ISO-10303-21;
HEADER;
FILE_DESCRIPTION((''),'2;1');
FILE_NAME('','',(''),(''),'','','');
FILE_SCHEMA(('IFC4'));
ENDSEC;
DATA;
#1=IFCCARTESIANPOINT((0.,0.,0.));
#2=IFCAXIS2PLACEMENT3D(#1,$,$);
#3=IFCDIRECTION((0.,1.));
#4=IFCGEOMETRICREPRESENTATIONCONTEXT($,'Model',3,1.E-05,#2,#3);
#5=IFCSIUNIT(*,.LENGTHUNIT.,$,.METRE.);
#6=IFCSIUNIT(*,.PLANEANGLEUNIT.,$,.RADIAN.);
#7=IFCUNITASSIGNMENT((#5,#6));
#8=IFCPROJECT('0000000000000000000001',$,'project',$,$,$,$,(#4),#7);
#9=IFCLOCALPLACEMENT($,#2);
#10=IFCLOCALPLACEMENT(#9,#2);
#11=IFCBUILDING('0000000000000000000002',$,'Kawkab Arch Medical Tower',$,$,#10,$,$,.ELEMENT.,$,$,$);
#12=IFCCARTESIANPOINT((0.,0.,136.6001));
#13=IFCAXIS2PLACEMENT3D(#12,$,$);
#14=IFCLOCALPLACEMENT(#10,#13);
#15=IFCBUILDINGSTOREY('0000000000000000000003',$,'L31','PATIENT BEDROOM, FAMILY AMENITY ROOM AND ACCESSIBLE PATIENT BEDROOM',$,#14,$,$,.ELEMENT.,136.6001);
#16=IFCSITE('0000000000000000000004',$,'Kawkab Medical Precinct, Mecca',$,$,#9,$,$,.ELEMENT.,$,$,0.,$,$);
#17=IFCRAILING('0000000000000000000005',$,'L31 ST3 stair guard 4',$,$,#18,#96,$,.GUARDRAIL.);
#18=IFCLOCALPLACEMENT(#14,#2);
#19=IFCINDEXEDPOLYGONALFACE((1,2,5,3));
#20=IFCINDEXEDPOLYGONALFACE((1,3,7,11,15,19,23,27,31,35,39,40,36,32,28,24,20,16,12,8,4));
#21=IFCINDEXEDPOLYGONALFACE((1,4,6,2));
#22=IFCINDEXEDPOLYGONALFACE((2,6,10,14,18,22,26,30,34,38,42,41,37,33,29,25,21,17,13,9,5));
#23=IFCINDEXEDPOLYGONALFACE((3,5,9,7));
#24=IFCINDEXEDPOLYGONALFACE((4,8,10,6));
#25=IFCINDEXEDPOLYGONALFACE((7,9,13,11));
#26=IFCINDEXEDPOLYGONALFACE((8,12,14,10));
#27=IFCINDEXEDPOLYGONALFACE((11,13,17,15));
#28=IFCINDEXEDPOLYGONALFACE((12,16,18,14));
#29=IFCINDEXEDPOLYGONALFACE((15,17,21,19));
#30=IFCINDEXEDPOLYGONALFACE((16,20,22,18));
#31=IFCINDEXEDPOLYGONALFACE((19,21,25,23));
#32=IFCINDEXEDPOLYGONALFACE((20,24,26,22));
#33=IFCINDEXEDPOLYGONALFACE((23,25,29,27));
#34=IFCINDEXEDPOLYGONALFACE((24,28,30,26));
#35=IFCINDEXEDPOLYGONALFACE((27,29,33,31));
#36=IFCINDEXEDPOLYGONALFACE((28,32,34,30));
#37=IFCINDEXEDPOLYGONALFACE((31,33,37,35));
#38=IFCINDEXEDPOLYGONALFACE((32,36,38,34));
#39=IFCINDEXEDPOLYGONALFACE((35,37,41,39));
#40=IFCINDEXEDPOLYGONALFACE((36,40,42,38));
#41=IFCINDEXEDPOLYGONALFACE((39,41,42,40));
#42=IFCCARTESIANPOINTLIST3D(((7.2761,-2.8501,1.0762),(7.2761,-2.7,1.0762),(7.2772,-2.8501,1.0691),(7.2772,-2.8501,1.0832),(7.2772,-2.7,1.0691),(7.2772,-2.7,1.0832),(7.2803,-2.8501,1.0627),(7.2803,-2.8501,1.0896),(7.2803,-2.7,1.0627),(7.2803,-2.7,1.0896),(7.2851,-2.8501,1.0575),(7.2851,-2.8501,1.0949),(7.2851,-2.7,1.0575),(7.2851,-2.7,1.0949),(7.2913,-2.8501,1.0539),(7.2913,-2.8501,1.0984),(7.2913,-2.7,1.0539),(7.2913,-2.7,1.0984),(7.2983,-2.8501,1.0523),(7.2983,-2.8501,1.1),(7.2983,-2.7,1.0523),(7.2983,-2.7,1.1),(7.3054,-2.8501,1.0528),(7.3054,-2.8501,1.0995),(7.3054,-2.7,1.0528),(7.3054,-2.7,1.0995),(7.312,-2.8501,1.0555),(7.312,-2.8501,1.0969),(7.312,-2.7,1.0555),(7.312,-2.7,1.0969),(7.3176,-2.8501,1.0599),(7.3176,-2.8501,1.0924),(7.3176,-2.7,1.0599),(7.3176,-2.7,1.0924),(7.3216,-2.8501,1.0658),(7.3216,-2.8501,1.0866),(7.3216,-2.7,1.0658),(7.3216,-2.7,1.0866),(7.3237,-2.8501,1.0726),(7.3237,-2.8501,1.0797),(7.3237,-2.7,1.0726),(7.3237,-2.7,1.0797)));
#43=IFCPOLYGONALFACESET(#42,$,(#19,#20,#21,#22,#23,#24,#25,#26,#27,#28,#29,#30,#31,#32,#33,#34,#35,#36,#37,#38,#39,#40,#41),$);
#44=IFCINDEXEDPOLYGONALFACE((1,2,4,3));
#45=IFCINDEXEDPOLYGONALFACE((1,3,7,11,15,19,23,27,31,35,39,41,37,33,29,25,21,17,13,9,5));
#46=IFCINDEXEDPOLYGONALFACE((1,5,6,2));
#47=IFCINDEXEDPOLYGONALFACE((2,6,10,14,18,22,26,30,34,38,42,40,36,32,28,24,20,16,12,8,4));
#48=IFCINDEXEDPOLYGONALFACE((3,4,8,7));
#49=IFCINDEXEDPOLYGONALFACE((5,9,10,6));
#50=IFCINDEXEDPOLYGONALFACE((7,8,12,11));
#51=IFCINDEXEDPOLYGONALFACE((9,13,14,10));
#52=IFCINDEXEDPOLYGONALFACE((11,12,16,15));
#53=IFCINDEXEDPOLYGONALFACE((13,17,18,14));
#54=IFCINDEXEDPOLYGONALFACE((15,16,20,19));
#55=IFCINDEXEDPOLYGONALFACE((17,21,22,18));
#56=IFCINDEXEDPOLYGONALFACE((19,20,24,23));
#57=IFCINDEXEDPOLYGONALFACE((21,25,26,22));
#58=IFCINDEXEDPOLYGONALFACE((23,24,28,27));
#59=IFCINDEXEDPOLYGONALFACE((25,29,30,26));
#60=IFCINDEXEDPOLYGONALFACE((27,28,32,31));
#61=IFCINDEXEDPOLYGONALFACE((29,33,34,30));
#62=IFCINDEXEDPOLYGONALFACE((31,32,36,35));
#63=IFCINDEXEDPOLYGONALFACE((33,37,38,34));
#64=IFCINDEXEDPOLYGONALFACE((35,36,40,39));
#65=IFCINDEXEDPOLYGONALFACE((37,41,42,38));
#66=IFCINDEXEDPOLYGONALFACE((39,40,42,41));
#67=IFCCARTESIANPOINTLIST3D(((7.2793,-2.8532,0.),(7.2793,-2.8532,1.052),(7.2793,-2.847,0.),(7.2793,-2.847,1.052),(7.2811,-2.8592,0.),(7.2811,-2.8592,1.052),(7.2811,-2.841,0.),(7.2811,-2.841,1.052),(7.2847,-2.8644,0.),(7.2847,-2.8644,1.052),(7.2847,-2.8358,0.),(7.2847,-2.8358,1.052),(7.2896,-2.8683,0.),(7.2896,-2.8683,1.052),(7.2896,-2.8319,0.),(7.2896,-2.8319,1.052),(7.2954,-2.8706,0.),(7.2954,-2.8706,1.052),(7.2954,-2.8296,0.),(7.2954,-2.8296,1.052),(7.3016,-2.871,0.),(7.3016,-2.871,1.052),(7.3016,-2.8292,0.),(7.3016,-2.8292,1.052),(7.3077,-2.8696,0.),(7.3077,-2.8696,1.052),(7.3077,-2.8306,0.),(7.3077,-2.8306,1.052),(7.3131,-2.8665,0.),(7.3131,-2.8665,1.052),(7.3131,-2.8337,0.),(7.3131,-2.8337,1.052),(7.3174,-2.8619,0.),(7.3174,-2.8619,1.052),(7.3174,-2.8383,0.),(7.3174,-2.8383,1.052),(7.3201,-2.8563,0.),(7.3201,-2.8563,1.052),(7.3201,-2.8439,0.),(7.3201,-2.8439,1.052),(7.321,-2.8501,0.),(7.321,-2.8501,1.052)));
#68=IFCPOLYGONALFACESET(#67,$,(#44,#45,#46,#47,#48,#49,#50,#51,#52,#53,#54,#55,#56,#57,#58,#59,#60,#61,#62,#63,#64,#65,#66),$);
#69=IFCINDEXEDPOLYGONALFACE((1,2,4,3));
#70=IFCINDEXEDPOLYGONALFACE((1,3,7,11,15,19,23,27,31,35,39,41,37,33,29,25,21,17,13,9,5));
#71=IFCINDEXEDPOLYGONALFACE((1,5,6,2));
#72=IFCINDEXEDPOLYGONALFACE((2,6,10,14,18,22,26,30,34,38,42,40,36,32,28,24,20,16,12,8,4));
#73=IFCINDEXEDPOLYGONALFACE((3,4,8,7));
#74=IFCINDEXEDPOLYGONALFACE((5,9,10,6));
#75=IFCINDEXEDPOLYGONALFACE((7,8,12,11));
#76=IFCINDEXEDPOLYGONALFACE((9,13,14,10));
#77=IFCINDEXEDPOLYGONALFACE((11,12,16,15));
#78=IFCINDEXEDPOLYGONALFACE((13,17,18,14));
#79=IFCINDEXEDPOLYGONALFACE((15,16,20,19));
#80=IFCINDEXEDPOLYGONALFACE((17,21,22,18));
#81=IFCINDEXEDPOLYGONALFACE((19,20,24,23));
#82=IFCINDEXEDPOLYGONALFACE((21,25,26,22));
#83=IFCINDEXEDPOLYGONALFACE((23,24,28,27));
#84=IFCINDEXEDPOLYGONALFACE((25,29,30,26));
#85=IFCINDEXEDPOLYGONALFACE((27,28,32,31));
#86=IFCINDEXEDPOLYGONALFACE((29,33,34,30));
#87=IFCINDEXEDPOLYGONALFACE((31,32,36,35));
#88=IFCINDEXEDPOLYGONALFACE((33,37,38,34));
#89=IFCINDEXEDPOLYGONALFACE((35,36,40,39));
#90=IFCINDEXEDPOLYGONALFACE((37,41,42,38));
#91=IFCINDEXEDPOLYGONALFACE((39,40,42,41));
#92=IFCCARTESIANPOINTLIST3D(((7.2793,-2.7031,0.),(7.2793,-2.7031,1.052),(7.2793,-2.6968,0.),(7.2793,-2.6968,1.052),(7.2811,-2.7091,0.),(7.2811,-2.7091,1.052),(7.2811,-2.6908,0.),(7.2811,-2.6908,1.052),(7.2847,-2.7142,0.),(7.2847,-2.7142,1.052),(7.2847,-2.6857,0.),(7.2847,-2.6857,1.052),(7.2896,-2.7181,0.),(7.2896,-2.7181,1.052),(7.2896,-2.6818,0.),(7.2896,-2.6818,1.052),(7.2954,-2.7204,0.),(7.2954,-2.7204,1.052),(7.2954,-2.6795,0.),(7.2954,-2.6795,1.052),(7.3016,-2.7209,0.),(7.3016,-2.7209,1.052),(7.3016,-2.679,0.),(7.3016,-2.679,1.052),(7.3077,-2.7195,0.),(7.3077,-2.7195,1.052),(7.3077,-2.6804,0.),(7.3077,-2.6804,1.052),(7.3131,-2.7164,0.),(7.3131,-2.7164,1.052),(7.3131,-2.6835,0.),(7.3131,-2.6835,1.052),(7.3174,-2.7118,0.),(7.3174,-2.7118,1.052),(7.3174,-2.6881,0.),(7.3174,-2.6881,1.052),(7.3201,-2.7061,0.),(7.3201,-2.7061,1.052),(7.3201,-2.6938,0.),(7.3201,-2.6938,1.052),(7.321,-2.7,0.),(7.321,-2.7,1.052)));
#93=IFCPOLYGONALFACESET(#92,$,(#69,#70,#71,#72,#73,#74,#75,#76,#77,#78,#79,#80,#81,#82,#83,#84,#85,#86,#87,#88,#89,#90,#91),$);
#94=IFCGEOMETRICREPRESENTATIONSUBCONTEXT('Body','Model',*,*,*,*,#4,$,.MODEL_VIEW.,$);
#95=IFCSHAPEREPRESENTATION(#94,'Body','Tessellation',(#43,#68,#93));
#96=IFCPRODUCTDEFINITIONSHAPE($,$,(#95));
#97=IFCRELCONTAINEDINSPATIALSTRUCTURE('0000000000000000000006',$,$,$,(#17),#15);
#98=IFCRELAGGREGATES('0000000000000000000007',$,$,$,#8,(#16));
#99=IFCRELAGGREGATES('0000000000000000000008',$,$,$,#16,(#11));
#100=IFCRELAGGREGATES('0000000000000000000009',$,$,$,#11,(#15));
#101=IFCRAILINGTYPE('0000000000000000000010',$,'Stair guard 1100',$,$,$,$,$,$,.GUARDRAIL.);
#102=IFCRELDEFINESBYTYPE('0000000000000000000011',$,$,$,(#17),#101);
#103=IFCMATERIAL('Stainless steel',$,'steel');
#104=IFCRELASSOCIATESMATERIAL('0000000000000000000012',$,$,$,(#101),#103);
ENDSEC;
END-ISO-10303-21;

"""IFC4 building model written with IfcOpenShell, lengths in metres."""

from ifc_helpers import new_model, si_unit, direction, frame, origin, origin_2d, place, context, subcontext, project, spatial, circle, extrude, material, type_object, element, save


model = new_model("IFC4")

# Units and contexts
model_context = context("Model", 3, precision=1e-05, world=origin(), true_north=direction((0.0, 1.0)))
body_context = subcontext(model_context, "Body", "Model", "MODEL_VIEW")
ifc_project = project(units=[si_unit("LENGTHUNIT", "METRE"), si_unit("PLANEANGLEUNIT", "RADIAN")], contexts=[model_context])

# Site, building, storey
site_placement = place(None, origin())
site = spatial("IfcSite", under=ifc_project, at=site_placement, Name="Kawkab Medical Precinct, Mecca", CompositionType="ELEMENT", RefElevation=0.0)
building_placement = place(site_placement, origin())
building = spatial("IfcBuilding", under=site, at=building_placement, Name="Kawkab Arch Medical Tower", CompositionType="ELEMENT")
storey_placement = place(building_placement, frame((0.0, 0.0, 136.6001)))
storey = spatial("IfcBuildingStorey", under=building, at=storey_placement, Name="L31", Description="PATIENT BEDROOM, FAMILY AMENITY ROOM AND ACCESSIBLE PATIENT BEDROOM", CompositionType="ELEMENT", Elevation=136.6001)

# Railing
ifc_material_1 = material(Name="Stainless steel", Category="steel")
railing_type_1 = type_object("IfcRailingType", Name="Stair guard 1100", PredefinedType="GUARDRAIL", material=ifc_material_1)
railing_1_placement = place(storey_placement, frame((7.3, -2.8501, 0.0)))
element("IfcRailing", 1, at=railing_1_placement, inside=storey, type_object=railing_type_1, Name="L31 ST3 stair guard 4", PredefinedType="GUARDRAIL", context=body_context, shape_type="SweptSolid", body=[
    extrude(circle(Radius=0.0239, at=origin_2d()), frame((0.0, 0.0, 1.0762), z_axis=(0.0, 1.0, 0.0), x_axis=(-1.0, 0.0, 0.0)), (0.0, 0.0, 1.0), 0.1501),
    extrude(circle(Radius=0.021, at=origin_2d()), origin(), (0.0, 0.0, 1.0), 1.052),
    extrude(circle(Radius=0.021, at=origin_2d()), frame((0.0, 0.1501, 0.0)), (0.0, 0.0, 1.0), 1.052),
])

save(model, "model.ifc")
